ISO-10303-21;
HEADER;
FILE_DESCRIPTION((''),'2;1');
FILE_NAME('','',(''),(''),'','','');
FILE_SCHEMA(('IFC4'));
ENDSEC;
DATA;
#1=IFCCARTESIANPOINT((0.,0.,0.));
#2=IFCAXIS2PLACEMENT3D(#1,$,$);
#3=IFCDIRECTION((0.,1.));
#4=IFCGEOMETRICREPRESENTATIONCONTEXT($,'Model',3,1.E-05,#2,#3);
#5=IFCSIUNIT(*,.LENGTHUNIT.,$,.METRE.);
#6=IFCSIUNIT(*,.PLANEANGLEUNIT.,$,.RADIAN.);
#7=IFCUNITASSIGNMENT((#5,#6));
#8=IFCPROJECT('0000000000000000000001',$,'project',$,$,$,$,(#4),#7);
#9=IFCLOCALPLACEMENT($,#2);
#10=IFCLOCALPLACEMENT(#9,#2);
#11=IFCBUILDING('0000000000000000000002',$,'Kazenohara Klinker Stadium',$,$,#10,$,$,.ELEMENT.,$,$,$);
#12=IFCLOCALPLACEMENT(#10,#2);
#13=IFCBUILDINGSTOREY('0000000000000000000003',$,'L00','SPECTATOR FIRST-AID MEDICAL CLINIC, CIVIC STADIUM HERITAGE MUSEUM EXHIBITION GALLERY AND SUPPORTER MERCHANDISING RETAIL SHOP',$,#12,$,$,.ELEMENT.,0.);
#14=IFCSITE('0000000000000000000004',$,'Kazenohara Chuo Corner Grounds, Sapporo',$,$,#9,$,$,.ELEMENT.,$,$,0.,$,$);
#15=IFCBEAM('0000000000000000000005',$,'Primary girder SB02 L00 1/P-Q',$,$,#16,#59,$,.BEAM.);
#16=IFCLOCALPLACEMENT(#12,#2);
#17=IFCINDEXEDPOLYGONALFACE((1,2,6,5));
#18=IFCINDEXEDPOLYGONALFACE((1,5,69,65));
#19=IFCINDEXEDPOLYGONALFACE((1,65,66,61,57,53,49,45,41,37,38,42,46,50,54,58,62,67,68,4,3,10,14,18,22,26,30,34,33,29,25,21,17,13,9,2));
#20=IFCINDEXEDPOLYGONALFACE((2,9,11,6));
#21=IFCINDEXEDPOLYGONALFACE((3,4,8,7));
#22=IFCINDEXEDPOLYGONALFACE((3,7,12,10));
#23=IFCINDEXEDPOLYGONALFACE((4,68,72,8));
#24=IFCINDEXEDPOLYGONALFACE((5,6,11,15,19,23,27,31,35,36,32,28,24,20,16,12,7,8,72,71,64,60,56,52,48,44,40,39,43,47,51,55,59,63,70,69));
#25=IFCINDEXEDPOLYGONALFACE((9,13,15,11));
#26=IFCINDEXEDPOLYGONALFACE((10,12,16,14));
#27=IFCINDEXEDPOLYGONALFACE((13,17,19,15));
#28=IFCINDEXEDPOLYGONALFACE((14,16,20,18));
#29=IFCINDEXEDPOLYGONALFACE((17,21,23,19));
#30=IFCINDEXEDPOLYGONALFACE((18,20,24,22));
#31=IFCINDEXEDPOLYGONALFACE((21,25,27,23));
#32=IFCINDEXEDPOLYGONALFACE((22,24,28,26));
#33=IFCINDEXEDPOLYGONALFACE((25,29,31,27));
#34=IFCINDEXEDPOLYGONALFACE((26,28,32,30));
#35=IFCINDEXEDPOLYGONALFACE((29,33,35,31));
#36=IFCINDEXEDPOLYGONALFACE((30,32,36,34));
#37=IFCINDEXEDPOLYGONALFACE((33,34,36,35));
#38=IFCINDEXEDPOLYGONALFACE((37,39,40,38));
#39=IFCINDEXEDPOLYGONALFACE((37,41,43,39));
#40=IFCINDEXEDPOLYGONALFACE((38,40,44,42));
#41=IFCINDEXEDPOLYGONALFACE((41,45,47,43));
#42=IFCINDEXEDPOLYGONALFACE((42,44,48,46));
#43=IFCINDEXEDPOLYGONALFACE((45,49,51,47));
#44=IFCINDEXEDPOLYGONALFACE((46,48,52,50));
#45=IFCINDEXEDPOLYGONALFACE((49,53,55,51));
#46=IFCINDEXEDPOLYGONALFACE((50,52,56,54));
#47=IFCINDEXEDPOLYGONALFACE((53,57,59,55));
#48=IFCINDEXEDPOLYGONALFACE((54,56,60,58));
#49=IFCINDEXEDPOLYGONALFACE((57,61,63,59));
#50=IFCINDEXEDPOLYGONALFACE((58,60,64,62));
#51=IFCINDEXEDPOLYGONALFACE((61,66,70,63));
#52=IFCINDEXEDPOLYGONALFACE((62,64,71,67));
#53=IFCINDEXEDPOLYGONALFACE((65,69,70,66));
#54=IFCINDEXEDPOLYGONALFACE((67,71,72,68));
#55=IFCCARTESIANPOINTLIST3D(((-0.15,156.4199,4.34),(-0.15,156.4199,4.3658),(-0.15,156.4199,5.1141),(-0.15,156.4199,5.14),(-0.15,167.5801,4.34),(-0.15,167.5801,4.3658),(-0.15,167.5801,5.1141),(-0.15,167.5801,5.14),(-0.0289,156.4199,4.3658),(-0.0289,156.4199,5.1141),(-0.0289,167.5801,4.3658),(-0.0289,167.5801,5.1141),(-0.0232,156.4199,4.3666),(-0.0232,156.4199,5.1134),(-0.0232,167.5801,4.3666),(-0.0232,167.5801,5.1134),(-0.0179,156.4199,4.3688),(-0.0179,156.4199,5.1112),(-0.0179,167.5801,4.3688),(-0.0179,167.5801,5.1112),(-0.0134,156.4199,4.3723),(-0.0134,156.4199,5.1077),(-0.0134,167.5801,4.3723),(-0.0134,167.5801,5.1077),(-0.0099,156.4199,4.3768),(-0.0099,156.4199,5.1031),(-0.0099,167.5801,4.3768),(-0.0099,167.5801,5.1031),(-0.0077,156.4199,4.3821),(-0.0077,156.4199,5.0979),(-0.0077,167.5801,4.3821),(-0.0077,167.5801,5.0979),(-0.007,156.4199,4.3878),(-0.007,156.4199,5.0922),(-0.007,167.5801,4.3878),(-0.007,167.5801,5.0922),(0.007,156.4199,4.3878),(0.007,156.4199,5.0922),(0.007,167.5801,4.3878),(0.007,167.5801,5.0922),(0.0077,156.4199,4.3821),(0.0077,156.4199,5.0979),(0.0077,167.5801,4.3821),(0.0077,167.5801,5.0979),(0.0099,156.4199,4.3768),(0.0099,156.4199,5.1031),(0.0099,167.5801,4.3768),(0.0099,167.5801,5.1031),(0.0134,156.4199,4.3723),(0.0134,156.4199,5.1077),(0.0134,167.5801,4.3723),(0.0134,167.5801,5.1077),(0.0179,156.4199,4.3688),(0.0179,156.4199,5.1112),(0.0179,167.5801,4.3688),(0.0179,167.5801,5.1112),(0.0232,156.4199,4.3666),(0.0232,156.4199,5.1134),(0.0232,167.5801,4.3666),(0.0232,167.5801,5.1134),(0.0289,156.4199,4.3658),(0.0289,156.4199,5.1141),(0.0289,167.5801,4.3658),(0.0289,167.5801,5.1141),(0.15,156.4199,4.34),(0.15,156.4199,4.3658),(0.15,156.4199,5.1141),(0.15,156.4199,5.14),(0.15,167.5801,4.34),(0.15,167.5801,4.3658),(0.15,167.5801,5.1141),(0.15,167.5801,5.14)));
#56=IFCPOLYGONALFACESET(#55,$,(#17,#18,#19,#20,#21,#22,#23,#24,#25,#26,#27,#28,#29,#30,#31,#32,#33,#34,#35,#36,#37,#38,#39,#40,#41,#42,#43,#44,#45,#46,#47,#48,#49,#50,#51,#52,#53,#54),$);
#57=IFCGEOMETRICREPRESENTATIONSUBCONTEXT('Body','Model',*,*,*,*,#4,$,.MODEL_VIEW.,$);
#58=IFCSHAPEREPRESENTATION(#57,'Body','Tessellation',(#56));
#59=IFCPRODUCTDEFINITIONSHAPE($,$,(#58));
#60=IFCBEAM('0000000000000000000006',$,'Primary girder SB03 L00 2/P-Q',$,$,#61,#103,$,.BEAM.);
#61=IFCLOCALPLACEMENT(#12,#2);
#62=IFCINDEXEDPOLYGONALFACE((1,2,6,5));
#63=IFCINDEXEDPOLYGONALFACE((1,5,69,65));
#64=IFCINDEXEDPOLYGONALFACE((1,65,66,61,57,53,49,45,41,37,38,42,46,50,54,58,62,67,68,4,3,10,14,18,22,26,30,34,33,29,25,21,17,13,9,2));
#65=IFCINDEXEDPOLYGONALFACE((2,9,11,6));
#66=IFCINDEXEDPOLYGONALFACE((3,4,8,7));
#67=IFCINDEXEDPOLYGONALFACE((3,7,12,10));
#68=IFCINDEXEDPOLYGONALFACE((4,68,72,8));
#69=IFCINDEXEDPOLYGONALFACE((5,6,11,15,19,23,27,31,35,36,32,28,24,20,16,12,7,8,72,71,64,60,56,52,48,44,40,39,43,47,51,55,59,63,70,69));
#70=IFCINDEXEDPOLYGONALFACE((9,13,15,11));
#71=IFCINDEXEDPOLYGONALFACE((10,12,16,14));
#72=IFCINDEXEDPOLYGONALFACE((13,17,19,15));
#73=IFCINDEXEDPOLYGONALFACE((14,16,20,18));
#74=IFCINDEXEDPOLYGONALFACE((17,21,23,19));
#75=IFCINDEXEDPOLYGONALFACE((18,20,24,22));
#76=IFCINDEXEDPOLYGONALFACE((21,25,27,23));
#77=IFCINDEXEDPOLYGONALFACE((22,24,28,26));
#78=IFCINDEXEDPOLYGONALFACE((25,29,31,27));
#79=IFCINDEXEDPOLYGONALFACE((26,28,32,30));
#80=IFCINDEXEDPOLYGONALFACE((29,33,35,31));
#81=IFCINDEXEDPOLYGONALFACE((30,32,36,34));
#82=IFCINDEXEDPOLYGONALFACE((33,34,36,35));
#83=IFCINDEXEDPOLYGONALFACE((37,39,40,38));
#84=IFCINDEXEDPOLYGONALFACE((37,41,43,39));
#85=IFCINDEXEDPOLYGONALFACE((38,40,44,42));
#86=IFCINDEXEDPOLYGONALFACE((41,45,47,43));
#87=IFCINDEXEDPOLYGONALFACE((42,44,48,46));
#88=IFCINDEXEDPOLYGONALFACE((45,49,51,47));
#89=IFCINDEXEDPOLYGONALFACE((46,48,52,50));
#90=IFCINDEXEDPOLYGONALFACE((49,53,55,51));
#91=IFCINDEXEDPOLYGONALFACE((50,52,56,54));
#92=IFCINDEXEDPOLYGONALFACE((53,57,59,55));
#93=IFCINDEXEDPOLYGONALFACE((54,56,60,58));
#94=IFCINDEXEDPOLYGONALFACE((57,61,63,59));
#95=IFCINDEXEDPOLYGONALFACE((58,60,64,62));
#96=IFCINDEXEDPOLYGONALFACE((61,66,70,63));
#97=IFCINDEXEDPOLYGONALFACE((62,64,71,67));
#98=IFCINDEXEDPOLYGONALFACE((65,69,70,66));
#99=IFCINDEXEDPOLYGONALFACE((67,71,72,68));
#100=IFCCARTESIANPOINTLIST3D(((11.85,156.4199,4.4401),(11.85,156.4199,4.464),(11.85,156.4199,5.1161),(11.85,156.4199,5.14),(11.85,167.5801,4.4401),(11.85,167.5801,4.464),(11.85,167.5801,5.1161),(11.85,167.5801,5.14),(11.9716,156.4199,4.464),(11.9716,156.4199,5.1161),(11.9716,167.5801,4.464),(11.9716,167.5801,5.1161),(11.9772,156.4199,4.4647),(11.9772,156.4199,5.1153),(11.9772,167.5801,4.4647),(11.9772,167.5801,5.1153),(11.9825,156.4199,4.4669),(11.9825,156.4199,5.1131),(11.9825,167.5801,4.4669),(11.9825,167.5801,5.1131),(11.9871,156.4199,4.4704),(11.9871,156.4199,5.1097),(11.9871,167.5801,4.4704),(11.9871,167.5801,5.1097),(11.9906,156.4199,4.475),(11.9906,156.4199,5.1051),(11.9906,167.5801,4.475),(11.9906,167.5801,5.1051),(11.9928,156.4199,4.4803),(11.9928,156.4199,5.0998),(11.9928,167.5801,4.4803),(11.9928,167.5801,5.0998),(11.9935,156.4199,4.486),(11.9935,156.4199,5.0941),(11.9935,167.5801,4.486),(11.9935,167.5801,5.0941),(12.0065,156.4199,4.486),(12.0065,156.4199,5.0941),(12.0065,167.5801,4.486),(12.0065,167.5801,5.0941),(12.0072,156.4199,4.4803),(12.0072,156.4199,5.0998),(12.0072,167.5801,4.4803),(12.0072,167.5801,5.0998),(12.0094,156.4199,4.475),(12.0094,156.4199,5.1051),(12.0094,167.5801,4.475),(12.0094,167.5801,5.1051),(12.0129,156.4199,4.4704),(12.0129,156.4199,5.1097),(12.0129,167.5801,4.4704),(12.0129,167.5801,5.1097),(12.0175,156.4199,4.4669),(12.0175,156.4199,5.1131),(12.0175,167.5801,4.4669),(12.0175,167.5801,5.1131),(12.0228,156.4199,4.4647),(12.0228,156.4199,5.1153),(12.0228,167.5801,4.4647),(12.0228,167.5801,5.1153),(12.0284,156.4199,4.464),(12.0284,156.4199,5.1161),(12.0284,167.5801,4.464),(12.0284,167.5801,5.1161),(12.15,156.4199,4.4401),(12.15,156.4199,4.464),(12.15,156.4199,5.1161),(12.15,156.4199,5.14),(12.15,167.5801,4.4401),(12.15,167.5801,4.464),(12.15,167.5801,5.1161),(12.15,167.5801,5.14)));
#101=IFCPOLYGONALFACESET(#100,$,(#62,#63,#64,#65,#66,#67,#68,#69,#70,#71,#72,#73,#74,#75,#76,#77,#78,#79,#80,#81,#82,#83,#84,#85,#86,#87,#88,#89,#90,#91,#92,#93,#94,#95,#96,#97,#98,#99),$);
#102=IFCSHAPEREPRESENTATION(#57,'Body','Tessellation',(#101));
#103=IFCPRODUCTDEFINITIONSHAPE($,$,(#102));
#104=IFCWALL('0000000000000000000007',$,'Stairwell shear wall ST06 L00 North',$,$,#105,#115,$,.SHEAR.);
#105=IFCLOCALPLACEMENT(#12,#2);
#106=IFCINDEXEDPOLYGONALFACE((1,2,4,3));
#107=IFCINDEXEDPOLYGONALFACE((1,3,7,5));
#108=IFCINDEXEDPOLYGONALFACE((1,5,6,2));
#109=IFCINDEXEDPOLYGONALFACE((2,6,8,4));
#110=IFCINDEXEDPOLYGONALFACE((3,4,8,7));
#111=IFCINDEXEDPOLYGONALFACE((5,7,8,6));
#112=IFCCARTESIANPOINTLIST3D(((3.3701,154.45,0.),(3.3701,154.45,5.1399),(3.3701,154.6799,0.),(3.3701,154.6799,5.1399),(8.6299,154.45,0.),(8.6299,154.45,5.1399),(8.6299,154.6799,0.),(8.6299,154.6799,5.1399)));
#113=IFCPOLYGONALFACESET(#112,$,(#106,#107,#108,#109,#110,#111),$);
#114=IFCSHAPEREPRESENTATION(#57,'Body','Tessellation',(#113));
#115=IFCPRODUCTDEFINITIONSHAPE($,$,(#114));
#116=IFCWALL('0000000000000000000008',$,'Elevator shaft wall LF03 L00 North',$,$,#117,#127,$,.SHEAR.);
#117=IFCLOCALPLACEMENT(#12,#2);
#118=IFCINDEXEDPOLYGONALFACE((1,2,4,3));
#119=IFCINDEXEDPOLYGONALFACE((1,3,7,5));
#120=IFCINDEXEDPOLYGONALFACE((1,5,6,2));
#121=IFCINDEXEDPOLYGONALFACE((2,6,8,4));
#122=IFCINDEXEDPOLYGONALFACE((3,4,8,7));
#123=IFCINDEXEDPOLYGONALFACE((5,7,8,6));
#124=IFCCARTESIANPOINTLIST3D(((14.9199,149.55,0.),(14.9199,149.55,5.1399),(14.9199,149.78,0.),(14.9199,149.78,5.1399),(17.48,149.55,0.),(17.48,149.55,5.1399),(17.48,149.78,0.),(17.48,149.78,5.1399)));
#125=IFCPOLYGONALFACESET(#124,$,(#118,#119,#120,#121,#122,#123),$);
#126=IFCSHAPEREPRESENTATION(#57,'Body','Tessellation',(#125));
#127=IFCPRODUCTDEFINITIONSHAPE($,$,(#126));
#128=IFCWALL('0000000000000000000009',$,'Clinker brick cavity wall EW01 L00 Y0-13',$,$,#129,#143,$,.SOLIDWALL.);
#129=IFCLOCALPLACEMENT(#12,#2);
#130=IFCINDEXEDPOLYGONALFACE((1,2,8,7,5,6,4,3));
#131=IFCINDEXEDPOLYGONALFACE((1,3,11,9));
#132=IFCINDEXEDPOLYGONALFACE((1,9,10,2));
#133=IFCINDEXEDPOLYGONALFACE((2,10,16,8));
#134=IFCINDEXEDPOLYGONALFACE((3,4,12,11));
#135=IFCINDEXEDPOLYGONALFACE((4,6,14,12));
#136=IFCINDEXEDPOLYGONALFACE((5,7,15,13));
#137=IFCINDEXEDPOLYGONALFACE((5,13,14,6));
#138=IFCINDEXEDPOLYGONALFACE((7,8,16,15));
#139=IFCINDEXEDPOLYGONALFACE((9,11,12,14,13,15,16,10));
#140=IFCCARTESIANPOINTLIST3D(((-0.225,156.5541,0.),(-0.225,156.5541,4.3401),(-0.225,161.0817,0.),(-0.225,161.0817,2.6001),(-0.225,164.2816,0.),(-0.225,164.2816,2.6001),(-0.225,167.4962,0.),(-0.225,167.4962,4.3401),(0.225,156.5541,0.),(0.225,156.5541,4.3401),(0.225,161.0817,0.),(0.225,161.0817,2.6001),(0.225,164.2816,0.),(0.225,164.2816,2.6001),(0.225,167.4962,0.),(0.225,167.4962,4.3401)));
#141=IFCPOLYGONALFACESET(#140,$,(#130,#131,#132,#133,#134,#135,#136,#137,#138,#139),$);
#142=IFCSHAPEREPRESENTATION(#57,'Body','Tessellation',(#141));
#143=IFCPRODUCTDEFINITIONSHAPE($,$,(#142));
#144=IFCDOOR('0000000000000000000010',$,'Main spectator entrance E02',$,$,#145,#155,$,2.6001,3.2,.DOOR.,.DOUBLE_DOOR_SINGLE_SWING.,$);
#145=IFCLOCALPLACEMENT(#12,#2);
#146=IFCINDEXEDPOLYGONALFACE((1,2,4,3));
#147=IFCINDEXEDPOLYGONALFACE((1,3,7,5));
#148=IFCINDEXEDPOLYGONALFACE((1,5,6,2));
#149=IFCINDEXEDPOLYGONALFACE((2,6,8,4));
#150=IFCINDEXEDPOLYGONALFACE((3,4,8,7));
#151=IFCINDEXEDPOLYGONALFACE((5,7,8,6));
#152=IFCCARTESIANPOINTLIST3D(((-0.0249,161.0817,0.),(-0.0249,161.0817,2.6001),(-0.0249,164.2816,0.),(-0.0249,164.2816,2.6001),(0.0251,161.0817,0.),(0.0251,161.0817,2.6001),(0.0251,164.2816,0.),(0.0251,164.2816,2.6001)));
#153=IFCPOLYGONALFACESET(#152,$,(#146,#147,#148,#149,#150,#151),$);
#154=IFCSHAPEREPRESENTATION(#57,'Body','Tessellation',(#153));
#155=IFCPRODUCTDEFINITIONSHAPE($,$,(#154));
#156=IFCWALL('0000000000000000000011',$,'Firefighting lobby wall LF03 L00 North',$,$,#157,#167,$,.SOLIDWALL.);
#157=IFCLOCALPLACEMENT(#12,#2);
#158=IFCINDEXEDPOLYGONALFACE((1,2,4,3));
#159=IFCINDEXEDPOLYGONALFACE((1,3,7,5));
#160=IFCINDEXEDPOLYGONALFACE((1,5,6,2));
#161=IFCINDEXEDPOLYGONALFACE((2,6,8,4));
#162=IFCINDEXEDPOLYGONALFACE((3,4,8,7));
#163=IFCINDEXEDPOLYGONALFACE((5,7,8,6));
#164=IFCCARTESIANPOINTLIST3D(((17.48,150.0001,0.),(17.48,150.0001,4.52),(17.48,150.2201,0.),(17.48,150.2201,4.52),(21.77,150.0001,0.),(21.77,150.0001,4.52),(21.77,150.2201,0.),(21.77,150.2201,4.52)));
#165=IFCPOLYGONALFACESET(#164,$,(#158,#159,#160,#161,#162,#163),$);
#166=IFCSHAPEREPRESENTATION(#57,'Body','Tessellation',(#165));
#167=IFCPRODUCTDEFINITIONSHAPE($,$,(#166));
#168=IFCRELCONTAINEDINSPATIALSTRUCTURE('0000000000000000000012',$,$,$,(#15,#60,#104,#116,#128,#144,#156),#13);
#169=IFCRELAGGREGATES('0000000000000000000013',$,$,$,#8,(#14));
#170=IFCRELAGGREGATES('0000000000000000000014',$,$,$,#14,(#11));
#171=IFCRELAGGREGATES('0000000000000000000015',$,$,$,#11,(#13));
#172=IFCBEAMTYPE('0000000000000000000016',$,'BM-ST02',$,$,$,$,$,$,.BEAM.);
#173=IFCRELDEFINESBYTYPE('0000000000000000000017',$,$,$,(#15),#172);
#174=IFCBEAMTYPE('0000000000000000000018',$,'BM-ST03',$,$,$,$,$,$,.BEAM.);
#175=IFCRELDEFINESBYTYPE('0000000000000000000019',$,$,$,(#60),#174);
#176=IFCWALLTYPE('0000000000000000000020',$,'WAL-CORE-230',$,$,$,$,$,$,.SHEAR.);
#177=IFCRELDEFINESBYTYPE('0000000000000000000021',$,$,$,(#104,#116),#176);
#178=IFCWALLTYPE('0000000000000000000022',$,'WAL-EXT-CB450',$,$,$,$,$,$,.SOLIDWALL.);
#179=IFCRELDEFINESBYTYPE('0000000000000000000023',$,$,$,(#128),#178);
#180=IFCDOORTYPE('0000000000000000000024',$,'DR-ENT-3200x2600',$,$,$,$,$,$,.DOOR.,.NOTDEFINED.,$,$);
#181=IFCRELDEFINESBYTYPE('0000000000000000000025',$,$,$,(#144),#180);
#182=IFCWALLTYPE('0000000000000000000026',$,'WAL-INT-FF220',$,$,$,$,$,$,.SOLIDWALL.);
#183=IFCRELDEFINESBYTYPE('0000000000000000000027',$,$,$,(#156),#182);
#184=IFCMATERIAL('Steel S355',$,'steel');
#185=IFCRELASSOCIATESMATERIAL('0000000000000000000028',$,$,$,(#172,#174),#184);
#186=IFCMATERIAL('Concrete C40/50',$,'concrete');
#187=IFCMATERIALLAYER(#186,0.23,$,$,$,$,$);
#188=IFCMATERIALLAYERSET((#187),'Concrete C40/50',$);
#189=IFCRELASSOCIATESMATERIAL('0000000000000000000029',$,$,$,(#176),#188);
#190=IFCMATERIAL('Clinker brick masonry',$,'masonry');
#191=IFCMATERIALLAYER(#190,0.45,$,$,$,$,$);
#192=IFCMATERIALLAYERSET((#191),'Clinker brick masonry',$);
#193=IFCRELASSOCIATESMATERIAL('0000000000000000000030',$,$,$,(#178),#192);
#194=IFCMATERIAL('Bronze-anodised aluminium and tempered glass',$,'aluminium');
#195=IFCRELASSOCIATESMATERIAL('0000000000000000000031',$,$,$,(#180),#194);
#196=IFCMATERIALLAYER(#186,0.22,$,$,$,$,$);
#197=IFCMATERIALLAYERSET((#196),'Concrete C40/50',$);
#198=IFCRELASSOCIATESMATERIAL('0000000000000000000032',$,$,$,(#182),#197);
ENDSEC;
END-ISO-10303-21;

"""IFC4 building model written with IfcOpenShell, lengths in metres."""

from ifc_helpers import new_model, si_unit, direction, frame, frame_2d, origin, origin_2d, place, context, subcontext, project, spatial, rectangle, i_section, extrude, material, layer, layer_set, material_profile, profile_set, type_object, element, fill, save


model = new_model("IFC4")

# Units and contexts
model_context = context("Model", 3, precision=1e-05, world=origin(), true_north=direction((0.0, 1.0)))
body_context = subcontext(model_context, "Body", "Model", "MODEL_VIEW")
ifc_project = project(units=[si_unit("LENGTHUNIT", "METRE"), si_unit("PLANEANGLEUNIT", "RADIAN")], contexts=[model_context])

# Site, building, storey
site_placement = place(None, origin())
site = spatial("IfcSite", under=ifc_project, at=site_placement, Name="Kazenohara Chuo Corner Grounds, Sapporo", CompositionType="ELEMENT", RefElevation=0.0)
building_placement = place(site_placement, origin())
building = spatial("IfcBuilding", under=site, at=building_placement, Name="Kazenohara Klinker Stadium", CompositionType="ELEMENT")
storey_placement = place(building_placement, origin())
storey = spatial("IfcBuildingStorey", under=building, at=storey_placement, Name="L00", Description="SPECTATOR FIRST-AID MEDICAL CLINIC, CIVIC STADIUM HERITAGE MUSEUM EXHIBITION GALLERY AND SUPPORTER MERCHANDISING RETAIL SHOP", CompositionType="ELEMENT", Elevation=0.0)

# Shared definitions
ifc_material_1 = material(Name="Concrete C40/50", Category="concrete")

# Beams
ifc_material_2 = material(Name="Steel S355", Category="steel")
ifc_material_profile_1 = material_profile(ifc_material_2, i_section(OverallWidth=0.3, OverallDepth=0.8, WebThickness=0.0139, FlangeThickness=0.0259, FilletRadius=0.022, at=origin_2d()), Name="H-800x300x14x26")
ifc_profile_set_1 = profile_set([ifc_material_profile_1], Name="Steel S355")
beam_type_1 = type_object("IfcBeamType", Name="BM-ST02", PredefinedType="BEAM", material=ifc_profile_set_1)
for number, where, z_axis, x_axis, name in (
    (1, (0.0, 156.4199, 4.74), (0.0, 1.0, 0.0), (-1.0, 0.0, 0.0), "Primary girder SB02 L00 1/P-Q"),
):
    element("IfcBeam", number, at=place(storey_placement, frame(where, z_axis=z_axis, x_axis=x_axis)), inside=storey, type_object=beam_type_1, Name=name, PredefinedType="BEAM", context=body_context, shape_type="SweptSolid", body=[
        extrude(i_section(OverallWidth=0.3, OverallDepth=0.8, WebThickness=0.0139, FlangeThickness=0.0259, FilletRadius=0.022, at=origin_2d()), origin(), (0.0, 0.0, 1.0), 11.1602),
    ])
ifc_material_profile_2 = material_profile(ifc_material_2, i_section(OverallWidth=0.3, OverallDepth=0.7, WebThickness=0.0129, FlangeThickness=0.0239, FilletRadius=0.022, at=origin_2d()), Name="H-700x300x13x24")
ifc_profile_set_2 = profile_set([ifc_material_profile_2], Name="Steel S355")
beam_type_2 = type_object("IfcBeamType", Name="BM-ST03", PredefinedType="BEAM", material=ifc_profile_set_2)
beam_1_placement = place(storey_placement, frame((12.0, 156.4199, 4.79), z_axis=(0.0, 1.0, 0.0), x_axis=(-1.0, 0.0, 0.0)))
element("IfcBeam", 2, at=beam_1_placement, inside=storey, type_object=beam_type_2, Name="Primary girder SB03 L00 2/P-Q", PredefinedType="BEAM", context=body_context, shape_type="SweptSolid", body=[
    extrude(i_section(OverallWidth=0.3, OverallDepth=0.7, WebThickness=0.0129, FlangeThickness=0.0239, FilletRadius=0.022, at=origin_2d()), origin(), (0.0, 0.0, 1.0), 11.1602),
])

# Walls
ifc_layer_1 = layer(ifc_material_1, 0.23)
ifc_layer_set_1 = layer_set([ifc_layer_1], Name="Concrete C40/50")
wall_type_1 = type_object("IfcWallType", Name="WAL-CORE-230", PredefinedType="SHEAR", material=ifc_layer_set_1)
wall_1_placement = place(storey_placement, frame((3.3701, 154.5649, 0.0), z_axis=(0.0, 0.0, 1.0), x_axis=(1.0, 0.0, 0.0)))
element("IfcWall", 3, at=wall_1_placement, inside=storey, type_object=wall_type_1, Name="Stairwell shear wall ST06 L00 North", PredefinedType="SHEAR", context=body_context, shape_type="SweptSolid", body=[
    extrude(rectangle(XDim=5.2598, YDim=0.23, at=frame_2d((2.6299, 0.0))), origin(), (0.0, 0.0, 1.0), 5.1399),
])
wall_2_placement = place(storey_placement, frame((14.9199, 149.665, 0.0), z_axis=(0.0, 0.0, 1.0), x_axis=(1.0, 0.0, 0.0)))
element("IfcWall", 4, at=wall_2_placement, inside=storey, type_object=wall_type_1, Name="Elevator shaft wall LF03 L00 North", PredefinedType="SHEAR", context=body_context, shape_type="SweptSolid", body=[
    extrude(rectangle(XDim=2.5601, YDim=0.23, at=frame_2d((1.28, 0.0))), origin(), (0.0, 0.0, 1.0), 5.1399),
])

# Wall, opening, door
ifc_material_3 = material(Name="Clinker brick masonry", Category="masonry")
ifc_layer_2 = layer(ifc_material_3, 0.45)
ifc_layer_set_2 = layer_set([ifc_layer_2], Name="Clinker brick masonry")
wall_type_2 = type_object("IfcWallType", Name="WAL-EXT-CB450", PredefinedType="SOLIDWALL", material=ifc_layer_set_2)
wall_3_placement = place(storey_placement, frame((0.0, 156.554, 0.0), z_axis=(0.0, 0.0, 1.0), x_axis=(0.0, 1.0, 0.0)))
wall_3 = element("IfcWall", 5, at=wall_3_placement, inside=storey, type_object=wall_type_2, Name="Clinker brick cavity wall EW01 L00 Y0-13", PredefinedType="SOLIDWALL", context=body_context, shape_type="SweptSolid", body=[
    extrude(rectangle(XDim=10.9421, YDim=0.45, at=frame_2d((5.4712, 0.0))), origin(), (0.0, 0.0, 1.0), 4.3401),
])
opening_1_placement = place(wall_3_placement, frame((4.5276, 0.0, 0.0)))
opening_1 = element("IfcOpeningElement", 6, at=opening_1_placement, cuts=wall_3, PredefinedType="OPENING", context=body_context, shape_type="SweptSolid", body=[
    extrude(rectangle(XDim=3.2, YDim=2.6001, at=frame_2d((1.6001, 1.3))), frame((0.0, 0.2349, 0.0), z_axis=(0.0, -1.0, 0.0), x_axis=(1.0, 0.0, 0.0)), (0.0, 0.0, 1.0), 0.47),
])
ifc_material_4 = material(Name="Bronze-anodised aluminium and tempered glass", Category="aluminium")
door_type_1 = type_object("IfcDoorType", Name="DR-ENT-3200x2600", OperationType="NOTDEFINED", PredefinedType="DOOR", material=ifc_material_4)
door_1_placement = place(opening_1_placement, origin())
door_1 = element("IfcDoor", 7, at=door_1_placement, inside=storey, type_object=door_type_1, Name="Main spectator entrance E02", OperationType="DOUBLE_DOOR_SINGLE_SWING", OverallHeight=2.6001, OverallWidth=3.2, PredefinedType="DOOR", context=body_context, shape_type="SweptSolid", body=[
    extrude(rectangle(XDim=3.2, YDim=2.6001, at=frame_2d((1.6001, 1.3))), frame((0.0, 0.0249, 0.0), z_axis=(0.0, -1.0, 0.0), x_axis=(1.0, 0.0, 0.0)), (0.0, 0.0, 1.0), 0.05),
])
fill(opening_1, door_1)

# Wall
ifc_layer_3 = layer(ifc_material_1, 0.22)
ifc_layer_set_3 = layer_set([ifc_layer_3], Name="Concrete C40/50")
wall_type_3 = type_object("IfcWallType", Name="WAL-INT-FF220", PredefinedType="SOLIDWALL", material=ifc_layer_set_3)
wall_4_placement = place(storey_placement, frame((17.48, 150.1101, 0.0), z_axis=(0.0, 0.0, 1.0), x_axis=(1.0, 0.0, 0.0)))
element("IfcWall", 8, at=wall_4_placement, inside=storey, type_object=wall_type_3, Name="Firefighting lobby wall LF03 L00 North", PredefinedType="SOLIDWALL", context=body_context, shape_type="SweptSolid", body=[
    extrude(rectangle(XDim=4.29, YDim=0.22, at=frame_2d((2.145, 0.0))), origin(), (0.0, 0.0, 1.0), 4.52),
])

save(model, "model.ifc")
